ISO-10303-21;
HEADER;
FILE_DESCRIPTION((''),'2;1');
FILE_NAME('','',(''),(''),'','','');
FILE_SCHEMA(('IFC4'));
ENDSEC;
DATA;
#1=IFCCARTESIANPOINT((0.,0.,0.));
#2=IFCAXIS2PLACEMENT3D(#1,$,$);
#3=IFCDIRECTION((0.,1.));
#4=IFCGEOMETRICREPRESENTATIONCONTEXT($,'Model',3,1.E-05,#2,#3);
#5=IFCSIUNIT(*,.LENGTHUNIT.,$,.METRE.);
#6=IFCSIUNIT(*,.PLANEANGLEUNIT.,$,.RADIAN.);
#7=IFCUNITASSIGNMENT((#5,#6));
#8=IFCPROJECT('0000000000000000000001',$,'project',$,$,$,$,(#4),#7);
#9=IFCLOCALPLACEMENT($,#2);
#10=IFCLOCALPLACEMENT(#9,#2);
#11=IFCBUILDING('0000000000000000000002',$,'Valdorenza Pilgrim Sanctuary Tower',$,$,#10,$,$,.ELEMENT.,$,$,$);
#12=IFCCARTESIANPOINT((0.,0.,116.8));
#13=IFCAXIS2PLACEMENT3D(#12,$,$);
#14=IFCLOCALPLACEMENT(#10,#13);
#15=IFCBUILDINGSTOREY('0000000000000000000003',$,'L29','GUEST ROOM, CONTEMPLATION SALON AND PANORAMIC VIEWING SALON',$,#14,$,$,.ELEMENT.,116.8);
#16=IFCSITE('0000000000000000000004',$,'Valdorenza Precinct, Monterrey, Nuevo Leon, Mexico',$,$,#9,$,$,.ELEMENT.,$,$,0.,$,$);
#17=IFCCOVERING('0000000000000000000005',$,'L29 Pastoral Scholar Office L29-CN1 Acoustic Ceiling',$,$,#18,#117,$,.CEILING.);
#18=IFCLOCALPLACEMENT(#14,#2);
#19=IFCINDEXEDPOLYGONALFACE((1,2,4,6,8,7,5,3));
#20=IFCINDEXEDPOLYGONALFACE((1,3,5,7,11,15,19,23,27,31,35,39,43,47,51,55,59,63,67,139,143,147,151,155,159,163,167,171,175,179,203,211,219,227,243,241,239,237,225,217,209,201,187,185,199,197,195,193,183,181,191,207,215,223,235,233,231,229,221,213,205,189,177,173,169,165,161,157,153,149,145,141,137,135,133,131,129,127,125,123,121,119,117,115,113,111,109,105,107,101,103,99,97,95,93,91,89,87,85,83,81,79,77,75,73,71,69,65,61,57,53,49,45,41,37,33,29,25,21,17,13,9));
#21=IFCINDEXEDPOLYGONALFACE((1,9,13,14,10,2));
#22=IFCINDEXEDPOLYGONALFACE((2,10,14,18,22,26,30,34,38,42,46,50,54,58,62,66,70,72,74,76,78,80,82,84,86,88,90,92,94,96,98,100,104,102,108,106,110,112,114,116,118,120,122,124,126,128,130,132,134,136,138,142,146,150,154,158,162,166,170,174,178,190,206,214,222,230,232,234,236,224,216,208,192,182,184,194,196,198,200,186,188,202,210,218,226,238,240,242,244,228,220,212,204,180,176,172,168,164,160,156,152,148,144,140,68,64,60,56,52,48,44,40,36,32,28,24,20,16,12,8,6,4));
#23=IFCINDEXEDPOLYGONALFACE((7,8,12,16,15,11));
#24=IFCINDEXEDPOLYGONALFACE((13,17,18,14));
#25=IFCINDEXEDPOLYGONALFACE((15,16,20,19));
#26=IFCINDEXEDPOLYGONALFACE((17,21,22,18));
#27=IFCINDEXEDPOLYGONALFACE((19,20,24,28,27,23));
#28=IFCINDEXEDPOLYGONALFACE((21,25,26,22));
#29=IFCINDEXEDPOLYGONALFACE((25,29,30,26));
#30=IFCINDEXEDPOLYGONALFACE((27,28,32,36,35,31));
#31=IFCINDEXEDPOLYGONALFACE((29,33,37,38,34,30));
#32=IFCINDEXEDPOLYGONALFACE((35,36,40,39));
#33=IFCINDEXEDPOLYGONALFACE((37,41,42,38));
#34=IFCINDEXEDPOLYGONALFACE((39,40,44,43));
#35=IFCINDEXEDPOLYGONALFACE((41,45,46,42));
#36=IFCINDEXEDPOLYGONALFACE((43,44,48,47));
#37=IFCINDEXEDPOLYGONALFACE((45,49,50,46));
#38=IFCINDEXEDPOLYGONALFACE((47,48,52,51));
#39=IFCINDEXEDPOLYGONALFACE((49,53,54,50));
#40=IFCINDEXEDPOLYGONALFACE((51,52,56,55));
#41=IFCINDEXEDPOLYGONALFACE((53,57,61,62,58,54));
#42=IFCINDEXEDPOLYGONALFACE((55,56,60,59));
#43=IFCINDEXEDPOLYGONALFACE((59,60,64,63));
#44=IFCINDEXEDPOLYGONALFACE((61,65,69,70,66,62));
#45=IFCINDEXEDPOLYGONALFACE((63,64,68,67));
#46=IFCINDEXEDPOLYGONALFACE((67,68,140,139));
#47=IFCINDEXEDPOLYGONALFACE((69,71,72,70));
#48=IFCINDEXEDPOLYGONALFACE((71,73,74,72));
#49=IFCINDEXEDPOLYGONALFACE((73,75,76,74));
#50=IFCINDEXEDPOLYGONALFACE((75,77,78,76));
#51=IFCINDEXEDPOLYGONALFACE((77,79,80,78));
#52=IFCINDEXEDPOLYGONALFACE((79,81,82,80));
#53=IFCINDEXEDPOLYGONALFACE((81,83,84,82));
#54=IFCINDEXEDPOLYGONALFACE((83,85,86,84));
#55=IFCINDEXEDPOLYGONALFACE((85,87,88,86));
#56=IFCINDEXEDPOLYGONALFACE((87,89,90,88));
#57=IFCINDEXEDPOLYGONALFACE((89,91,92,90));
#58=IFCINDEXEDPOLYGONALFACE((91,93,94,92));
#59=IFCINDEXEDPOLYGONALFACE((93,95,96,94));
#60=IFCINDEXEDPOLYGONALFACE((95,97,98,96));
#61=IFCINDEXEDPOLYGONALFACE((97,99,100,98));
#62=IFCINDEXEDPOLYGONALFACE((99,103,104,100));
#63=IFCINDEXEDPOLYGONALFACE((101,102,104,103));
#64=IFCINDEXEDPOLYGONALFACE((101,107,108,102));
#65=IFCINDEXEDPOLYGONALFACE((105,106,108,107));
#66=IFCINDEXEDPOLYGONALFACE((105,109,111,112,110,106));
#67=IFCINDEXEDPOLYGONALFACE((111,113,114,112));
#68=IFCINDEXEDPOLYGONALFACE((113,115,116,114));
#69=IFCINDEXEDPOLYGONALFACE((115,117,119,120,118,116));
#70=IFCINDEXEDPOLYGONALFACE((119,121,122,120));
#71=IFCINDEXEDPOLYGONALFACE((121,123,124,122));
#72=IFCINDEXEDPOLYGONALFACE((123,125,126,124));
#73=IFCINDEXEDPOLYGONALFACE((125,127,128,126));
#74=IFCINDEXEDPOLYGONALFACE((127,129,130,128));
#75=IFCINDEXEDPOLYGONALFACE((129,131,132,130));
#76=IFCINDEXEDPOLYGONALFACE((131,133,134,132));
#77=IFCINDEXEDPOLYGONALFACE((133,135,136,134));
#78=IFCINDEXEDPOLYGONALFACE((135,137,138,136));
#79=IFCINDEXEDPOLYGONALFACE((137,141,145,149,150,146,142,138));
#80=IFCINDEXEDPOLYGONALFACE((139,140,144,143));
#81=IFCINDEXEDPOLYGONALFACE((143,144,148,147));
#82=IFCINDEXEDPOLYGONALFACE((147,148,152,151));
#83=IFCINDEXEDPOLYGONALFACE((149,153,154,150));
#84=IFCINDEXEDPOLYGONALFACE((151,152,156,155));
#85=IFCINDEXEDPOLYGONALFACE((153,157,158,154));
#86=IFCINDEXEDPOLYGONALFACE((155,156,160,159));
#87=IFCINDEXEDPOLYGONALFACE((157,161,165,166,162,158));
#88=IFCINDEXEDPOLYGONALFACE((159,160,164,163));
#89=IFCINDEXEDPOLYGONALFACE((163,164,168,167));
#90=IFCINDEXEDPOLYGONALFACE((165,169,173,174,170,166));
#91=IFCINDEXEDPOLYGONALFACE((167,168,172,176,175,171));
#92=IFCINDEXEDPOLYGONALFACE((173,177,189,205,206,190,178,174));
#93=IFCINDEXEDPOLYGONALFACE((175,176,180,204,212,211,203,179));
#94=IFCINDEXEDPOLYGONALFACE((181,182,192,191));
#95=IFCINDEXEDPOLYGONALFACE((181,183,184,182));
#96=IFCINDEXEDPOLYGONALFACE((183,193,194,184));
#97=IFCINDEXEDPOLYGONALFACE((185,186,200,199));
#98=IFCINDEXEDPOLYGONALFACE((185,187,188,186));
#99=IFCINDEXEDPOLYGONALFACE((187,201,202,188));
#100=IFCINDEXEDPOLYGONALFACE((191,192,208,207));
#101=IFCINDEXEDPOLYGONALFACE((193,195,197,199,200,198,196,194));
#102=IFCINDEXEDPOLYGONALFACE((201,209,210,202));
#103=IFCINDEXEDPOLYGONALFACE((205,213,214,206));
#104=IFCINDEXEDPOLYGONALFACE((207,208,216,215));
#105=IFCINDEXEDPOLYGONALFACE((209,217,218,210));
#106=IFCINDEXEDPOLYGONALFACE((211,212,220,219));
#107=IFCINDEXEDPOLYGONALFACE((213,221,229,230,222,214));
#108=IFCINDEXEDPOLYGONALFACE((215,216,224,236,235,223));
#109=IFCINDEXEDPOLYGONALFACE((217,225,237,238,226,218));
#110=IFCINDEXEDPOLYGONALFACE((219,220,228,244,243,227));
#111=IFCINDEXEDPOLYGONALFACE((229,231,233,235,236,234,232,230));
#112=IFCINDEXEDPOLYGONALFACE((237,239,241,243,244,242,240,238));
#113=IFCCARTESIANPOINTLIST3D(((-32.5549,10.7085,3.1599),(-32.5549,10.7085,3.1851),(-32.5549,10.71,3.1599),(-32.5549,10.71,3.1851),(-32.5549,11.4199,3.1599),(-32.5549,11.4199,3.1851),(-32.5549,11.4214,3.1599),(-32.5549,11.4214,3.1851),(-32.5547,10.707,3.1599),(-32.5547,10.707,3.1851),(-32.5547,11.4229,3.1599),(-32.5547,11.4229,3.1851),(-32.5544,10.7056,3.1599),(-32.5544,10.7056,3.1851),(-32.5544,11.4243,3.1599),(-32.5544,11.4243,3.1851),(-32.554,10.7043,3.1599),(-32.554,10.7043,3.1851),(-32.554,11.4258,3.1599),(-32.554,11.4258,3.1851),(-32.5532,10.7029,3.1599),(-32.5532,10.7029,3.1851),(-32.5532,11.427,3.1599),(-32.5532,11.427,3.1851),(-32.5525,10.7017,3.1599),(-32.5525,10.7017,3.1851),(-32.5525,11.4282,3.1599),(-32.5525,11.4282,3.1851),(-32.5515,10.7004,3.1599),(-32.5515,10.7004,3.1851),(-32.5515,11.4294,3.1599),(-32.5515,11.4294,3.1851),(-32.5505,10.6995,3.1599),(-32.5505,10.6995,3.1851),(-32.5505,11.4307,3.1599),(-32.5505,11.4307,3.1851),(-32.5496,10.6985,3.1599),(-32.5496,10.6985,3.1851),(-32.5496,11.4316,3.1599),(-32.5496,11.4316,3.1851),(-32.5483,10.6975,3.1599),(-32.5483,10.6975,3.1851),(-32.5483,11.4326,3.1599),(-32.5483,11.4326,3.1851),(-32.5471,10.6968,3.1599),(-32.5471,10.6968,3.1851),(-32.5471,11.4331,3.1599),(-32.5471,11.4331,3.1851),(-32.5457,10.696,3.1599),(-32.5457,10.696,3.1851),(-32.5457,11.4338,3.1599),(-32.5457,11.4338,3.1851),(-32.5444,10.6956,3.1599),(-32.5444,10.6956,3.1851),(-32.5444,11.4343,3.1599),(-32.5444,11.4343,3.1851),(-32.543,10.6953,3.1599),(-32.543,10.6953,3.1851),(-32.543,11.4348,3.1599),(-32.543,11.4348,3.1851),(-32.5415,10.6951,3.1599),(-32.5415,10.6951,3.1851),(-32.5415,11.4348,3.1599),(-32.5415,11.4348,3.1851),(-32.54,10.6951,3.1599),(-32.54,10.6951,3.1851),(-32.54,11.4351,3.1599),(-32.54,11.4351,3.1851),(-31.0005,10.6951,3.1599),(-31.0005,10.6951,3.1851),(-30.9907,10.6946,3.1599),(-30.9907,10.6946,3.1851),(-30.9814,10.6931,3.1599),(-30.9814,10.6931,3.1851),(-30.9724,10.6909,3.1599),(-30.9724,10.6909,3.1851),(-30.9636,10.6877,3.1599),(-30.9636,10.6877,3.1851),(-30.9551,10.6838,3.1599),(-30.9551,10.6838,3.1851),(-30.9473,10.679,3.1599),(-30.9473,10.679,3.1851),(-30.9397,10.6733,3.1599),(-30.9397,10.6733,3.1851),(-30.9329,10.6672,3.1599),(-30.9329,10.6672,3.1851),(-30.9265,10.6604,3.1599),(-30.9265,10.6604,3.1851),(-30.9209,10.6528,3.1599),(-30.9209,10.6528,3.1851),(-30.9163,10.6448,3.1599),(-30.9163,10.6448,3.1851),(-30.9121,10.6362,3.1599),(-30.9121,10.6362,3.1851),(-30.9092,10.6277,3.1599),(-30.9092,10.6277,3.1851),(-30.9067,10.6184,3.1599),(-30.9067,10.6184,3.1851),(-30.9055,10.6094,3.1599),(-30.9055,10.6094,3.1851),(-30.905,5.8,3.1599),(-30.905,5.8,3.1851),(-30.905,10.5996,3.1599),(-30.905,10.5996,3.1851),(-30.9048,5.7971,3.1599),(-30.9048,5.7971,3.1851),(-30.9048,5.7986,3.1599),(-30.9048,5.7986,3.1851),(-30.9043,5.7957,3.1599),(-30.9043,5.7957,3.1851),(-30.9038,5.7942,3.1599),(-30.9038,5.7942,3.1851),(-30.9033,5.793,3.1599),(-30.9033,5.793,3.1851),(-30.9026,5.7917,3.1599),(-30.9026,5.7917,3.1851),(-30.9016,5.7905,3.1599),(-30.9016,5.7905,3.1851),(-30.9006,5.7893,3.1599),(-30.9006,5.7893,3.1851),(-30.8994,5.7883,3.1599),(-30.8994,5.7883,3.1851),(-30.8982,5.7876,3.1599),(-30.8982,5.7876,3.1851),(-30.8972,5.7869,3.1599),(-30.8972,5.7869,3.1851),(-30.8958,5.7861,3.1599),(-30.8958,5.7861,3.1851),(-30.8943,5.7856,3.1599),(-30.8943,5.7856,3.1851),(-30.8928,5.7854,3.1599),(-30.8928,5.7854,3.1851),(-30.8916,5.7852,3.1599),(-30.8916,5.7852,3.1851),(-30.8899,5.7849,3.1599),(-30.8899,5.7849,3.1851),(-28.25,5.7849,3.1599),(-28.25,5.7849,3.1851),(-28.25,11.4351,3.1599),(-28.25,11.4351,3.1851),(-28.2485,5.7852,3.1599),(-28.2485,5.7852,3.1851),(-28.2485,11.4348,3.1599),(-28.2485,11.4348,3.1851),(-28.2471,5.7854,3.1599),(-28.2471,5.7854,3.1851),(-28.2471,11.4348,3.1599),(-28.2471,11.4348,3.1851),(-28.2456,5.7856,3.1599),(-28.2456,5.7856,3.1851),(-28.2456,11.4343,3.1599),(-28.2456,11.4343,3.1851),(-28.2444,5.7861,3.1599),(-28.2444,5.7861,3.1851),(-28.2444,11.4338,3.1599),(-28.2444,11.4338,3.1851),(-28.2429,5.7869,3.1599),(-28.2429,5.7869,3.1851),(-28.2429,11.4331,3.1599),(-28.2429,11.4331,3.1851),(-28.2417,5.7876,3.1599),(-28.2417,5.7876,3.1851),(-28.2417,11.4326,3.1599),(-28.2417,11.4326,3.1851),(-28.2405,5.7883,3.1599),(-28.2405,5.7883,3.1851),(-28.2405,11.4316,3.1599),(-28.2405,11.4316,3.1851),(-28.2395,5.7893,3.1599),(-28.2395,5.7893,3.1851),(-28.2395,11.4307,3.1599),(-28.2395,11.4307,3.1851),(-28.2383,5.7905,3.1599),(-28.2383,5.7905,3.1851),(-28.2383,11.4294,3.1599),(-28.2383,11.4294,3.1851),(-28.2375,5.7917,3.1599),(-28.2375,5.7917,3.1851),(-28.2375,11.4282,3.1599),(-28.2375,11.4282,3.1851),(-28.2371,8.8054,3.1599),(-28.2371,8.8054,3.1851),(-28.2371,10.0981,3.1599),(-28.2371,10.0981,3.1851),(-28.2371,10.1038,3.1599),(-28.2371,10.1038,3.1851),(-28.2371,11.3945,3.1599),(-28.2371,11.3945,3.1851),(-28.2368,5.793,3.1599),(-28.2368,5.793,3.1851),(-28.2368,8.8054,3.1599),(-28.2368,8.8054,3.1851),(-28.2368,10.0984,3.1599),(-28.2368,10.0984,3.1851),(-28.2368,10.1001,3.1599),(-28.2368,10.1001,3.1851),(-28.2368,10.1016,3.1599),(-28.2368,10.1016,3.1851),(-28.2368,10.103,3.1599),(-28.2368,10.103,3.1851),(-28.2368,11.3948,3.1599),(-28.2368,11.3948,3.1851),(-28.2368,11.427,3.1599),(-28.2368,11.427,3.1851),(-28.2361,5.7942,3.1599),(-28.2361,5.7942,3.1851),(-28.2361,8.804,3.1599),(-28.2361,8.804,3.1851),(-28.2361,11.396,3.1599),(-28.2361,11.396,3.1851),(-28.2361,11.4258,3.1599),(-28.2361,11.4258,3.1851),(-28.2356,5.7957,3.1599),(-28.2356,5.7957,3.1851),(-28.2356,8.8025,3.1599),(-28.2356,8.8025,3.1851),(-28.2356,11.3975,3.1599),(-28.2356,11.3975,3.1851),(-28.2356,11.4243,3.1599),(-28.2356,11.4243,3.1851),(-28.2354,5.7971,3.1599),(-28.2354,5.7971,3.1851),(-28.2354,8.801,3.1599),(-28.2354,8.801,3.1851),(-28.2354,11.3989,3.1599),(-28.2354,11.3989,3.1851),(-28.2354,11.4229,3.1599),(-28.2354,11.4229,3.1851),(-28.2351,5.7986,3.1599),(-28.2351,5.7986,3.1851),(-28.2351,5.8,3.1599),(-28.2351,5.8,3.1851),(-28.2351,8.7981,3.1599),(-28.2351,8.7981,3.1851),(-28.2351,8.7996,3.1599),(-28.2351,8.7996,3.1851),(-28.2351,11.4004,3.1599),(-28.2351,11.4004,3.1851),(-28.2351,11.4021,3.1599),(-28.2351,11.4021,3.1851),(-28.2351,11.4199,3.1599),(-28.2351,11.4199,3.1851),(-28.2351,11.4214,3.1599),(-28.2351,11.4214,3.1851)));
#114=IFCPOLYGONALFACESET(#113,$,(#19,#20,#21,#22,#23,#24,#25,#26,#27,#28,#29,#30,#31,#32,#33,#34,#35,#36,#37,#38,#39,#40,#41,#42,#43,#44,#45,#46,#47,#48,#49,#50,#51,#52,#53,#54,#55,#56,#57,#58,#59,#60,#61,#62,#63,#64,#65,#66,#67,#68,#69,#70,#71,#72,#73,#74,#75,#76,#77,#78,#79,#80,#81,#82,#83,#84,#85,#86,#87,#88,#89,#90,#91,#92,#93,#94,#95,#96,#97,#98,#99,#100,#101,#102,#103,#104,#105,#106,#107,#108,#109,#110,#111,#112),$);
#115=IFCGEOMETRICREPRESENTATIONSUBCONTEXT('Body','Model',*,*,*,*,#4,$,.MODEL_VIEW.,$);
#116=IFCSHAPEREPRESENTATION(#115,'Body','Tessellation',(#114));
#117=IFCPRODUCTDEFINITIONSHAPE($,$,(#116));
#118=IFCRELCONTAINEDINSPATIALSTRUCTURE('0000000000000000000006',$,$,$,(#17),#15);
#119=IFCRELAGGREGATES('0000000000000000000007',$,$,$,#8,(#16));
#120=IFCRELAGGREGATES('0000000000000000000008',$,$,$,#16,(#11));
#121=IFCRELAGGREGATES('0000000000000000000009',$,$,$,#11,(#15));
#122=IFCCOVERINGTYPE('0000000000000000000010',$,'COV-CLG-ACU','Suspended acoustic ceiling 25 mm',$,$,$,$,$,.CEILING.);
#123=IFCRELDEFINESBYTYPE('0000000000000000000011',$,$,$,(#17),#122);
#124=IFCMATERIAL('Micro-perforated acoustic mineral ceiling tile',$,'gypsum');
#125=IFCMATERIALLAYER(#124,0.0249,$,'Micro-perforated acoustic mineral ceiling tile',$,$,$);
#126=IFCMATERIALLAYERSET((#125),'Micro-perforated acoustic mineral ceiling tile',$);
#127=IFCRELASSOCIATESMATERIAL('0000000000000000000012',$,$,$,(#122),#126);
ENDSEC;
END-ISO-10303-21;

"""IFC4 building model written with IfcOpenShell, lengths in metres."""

from ifc_helpers import new_model, si_unit, direction, frame, origin, place, context, subcontext, project, spatial, polyline, outline, extrude, material, layer, layer_set, type_object, element, save


model = new_model("IFC4")

# Units and contexts
model_context = context("Model", 3, precision=1e-05, world=origin(), true_north=direction((0.0, 1.0)))
body_context = subcontext(model_context, "Body", "Model", "MODEL_VIEW")
ifc_project = project(units=[si_unit("LENGTHUNIT", "METRE"), si_unit("PLANEANGLEUNIT", "RADIAN")], contexts=[model_context])

# Site, building, storey
site_placement = place(None, origin())
site = spatial("IfcSite", under=ifc_project, at=site_placement, Name="Valdorenza Precinct, Monterrey, Nuevo Leon, Mexico", CompositionType="ELEMENT", RefElevation=0.0)
building_placement = place(site_placement, origin())
building = spatial("IfcBuilding", under=site, at=building_placement, Name="Valdorenza Pilgrim Sanctuary Tower", CompositionType="ELEMENT")
storey_placement = place(building_placement, frame((0.0, 0.0, 116.8)))
storey = spatial("IfcBuildingStorey", under=building, at=storey_placement, Name="L29", Description="GUEST ROOM, CONTEMPLATION SALON AND PANORAMIC VIEWING SALON", CompositionType="ELEMENT", Elevation=116.8)

# Covering
ifc_material_1 = material(Name="Micro-perforated acoustic mineral ceiling tile", Category="gypsum")
ifc_layer_1 = layer(ifc_material_1, 0.0249, Name="Micro-perforated acoustic mineral ceiling tile")
ifc_layer_set_1 = layer_set([ifc_layer_1], Name="Micro-perforated acoustic mineral ceiling tile")
covering_type_1 = type_object("IfcCoveringType", Name="COV-CLG-ACU", Description="Suspended acoustic ceiling 25 mm", PredefinedType="CEILING", material=ifc_layer_set_1)
covering_1_placement = place(storey_placement, frame((0.0, 0.0, 3.1599)))
element("IfcCovering", 1, at=covering_1_placement, inside=storey, type_object=covering_type_1, Name="L29 Pastoral Scholar Office L29-CN1 Acoustic Ceiling", PredefinedType="CEILING", context=body_context, shape_type="SweptSolid", body=[
    extrude(outline(polyline([(-28.2371, 8.8054), (-28.2368, 8.8054), (-28.2361, 8.804), (-28.2356, 8.8025), (-28.2354, 8.801), (-28.2351, 8.7996), (-28.2351, 8.7981), (-28.2351, 5.8), (-28.2351, 5.7986), (-28.2354, 5.7971), (-28.2356, 5.7957), (-28.2361, 5.7942), (-28.2368, 5.793), (-28.2375, 5.7917), (-28.2383, 5.7905), (-28.2395, 5.7893), (-28.2405, 5.7883), (-28.2417, 5.7876), (-28.2429, 5.7869), (-28.2444, 5.7861), (-28.2456, 5.7856), (-28.2471, 5.7854), (-28.2485, 5.7852), (-28.25, 5.7849), (-30.8899, 5.7849), (-30.8916, 5.7852), (-30.8928, 5.7854), (-30.8943, 5.7856), (-30.8958, 5.7861), (-30.8972, 5.7869), (-30.8982, 5.7876), (-30.8994, 5.7883), (-30.9006, 5.7893), (-30.9016, 5.7905), (-30.9026, 5.7917), (-30.9033, 5.793), (-30.9038, 5.7942), (-30.9043, 5.7957), (-30.9048, 5.7971), (-30.9048, 5.7986), (-30.905, 5.8), (-30.905, 10.5996), (-30.9055, 10.6094), (-30.9067, 10.6184), (-30.9092, 10.6277), (-30.9121, 10.6362), (-30.9163, 10.6448), (-30.9209, 10.6528), (-30.9265, 10.6604), (-30.9329, 10.6672), (-30.9397, 10.6733), (-30.9473, 10.679), (-30.9551, 10.6838), (-30.9636, 10.6877), (-30.9724, 10.6909), (-30.9814, 10.6931), (-30.9907, 10.6946), (-31.0005, 10.6951), (-32.54, 10.6951), (-32.5415, 10.6951), (-32.543, 10.6953), (-32.5444, 10.6956), (-32.5457, 10.696), (-32.5471, 10.6968), (-32.5483, 10.6975), (-32.5496, 10.6985), (-32.5505, 10.6995), (-32.5515, 10.7004), (-32.5525, 10.7017), (-32.5532, 10.7029), (-32.554, 10.7043), (-32.5544, 10.7056), (-32.5547, 10.707), (-32.5549, 10.7085), (-32.5549, 10.71), (-32.5549, 11.4199), (-32.5549, 11.4214), (-32.5547, 11.4229), (-32.5544, 11.4243), (-32.554, 11.4258), (-32.5532, 11.427), (-32.5525, 11.4282), (-32.5515, 11.4294), (-32.5505, 11.4307), (-32.5496, 11.4316), (-32.5483, 11.4326), (-32.5471, 11.4331), (-32.5457, 11.4338), (-32.5444, 11.4343), (-32.543, 11.4348), (-32.5415, 11.4348), (-32.54, 11.4351), (-28.25, 11.4351), (-28.2485, 11.4348), (-28.2471, 11.4348), (-28.2456, 11.4343), (-28.2444, 11.4338), (-28.2429, 11.4331), (-28.2417, 11.4326), (-28.2405, 11.4316), (-28.2395, 11.4307), (-28.2383, 11.4294), (-28.2375, 11.4282), (-28.2368, 11.427), (-28.2361, 11.4258), (-28.2356, 11.4243), (-28.2354, 11.4229), (-28.2351, 11.4214), (-28.2351, 11.4199), (-28.2351, 11.4021), (-28.2351, 11.4004), (-28.2354, 11.3989), (-28.2356, 11.3975), (-28.2361, 11.396), (-28.2368, 11.3948), (-28.2371, 11.3945), (-28.2371, 10.1038), (-28.2368, 10.103), (-28.2368, 10.1016), (-28.2368, 10.1001), (-28.2368, 10.0984), (-28.2371, 10.0981), (-28.2371, 8.8054)])), origin(), (0.0, 0.0, 1.0), 0.0251),
])

save(model, "model.ifc")
